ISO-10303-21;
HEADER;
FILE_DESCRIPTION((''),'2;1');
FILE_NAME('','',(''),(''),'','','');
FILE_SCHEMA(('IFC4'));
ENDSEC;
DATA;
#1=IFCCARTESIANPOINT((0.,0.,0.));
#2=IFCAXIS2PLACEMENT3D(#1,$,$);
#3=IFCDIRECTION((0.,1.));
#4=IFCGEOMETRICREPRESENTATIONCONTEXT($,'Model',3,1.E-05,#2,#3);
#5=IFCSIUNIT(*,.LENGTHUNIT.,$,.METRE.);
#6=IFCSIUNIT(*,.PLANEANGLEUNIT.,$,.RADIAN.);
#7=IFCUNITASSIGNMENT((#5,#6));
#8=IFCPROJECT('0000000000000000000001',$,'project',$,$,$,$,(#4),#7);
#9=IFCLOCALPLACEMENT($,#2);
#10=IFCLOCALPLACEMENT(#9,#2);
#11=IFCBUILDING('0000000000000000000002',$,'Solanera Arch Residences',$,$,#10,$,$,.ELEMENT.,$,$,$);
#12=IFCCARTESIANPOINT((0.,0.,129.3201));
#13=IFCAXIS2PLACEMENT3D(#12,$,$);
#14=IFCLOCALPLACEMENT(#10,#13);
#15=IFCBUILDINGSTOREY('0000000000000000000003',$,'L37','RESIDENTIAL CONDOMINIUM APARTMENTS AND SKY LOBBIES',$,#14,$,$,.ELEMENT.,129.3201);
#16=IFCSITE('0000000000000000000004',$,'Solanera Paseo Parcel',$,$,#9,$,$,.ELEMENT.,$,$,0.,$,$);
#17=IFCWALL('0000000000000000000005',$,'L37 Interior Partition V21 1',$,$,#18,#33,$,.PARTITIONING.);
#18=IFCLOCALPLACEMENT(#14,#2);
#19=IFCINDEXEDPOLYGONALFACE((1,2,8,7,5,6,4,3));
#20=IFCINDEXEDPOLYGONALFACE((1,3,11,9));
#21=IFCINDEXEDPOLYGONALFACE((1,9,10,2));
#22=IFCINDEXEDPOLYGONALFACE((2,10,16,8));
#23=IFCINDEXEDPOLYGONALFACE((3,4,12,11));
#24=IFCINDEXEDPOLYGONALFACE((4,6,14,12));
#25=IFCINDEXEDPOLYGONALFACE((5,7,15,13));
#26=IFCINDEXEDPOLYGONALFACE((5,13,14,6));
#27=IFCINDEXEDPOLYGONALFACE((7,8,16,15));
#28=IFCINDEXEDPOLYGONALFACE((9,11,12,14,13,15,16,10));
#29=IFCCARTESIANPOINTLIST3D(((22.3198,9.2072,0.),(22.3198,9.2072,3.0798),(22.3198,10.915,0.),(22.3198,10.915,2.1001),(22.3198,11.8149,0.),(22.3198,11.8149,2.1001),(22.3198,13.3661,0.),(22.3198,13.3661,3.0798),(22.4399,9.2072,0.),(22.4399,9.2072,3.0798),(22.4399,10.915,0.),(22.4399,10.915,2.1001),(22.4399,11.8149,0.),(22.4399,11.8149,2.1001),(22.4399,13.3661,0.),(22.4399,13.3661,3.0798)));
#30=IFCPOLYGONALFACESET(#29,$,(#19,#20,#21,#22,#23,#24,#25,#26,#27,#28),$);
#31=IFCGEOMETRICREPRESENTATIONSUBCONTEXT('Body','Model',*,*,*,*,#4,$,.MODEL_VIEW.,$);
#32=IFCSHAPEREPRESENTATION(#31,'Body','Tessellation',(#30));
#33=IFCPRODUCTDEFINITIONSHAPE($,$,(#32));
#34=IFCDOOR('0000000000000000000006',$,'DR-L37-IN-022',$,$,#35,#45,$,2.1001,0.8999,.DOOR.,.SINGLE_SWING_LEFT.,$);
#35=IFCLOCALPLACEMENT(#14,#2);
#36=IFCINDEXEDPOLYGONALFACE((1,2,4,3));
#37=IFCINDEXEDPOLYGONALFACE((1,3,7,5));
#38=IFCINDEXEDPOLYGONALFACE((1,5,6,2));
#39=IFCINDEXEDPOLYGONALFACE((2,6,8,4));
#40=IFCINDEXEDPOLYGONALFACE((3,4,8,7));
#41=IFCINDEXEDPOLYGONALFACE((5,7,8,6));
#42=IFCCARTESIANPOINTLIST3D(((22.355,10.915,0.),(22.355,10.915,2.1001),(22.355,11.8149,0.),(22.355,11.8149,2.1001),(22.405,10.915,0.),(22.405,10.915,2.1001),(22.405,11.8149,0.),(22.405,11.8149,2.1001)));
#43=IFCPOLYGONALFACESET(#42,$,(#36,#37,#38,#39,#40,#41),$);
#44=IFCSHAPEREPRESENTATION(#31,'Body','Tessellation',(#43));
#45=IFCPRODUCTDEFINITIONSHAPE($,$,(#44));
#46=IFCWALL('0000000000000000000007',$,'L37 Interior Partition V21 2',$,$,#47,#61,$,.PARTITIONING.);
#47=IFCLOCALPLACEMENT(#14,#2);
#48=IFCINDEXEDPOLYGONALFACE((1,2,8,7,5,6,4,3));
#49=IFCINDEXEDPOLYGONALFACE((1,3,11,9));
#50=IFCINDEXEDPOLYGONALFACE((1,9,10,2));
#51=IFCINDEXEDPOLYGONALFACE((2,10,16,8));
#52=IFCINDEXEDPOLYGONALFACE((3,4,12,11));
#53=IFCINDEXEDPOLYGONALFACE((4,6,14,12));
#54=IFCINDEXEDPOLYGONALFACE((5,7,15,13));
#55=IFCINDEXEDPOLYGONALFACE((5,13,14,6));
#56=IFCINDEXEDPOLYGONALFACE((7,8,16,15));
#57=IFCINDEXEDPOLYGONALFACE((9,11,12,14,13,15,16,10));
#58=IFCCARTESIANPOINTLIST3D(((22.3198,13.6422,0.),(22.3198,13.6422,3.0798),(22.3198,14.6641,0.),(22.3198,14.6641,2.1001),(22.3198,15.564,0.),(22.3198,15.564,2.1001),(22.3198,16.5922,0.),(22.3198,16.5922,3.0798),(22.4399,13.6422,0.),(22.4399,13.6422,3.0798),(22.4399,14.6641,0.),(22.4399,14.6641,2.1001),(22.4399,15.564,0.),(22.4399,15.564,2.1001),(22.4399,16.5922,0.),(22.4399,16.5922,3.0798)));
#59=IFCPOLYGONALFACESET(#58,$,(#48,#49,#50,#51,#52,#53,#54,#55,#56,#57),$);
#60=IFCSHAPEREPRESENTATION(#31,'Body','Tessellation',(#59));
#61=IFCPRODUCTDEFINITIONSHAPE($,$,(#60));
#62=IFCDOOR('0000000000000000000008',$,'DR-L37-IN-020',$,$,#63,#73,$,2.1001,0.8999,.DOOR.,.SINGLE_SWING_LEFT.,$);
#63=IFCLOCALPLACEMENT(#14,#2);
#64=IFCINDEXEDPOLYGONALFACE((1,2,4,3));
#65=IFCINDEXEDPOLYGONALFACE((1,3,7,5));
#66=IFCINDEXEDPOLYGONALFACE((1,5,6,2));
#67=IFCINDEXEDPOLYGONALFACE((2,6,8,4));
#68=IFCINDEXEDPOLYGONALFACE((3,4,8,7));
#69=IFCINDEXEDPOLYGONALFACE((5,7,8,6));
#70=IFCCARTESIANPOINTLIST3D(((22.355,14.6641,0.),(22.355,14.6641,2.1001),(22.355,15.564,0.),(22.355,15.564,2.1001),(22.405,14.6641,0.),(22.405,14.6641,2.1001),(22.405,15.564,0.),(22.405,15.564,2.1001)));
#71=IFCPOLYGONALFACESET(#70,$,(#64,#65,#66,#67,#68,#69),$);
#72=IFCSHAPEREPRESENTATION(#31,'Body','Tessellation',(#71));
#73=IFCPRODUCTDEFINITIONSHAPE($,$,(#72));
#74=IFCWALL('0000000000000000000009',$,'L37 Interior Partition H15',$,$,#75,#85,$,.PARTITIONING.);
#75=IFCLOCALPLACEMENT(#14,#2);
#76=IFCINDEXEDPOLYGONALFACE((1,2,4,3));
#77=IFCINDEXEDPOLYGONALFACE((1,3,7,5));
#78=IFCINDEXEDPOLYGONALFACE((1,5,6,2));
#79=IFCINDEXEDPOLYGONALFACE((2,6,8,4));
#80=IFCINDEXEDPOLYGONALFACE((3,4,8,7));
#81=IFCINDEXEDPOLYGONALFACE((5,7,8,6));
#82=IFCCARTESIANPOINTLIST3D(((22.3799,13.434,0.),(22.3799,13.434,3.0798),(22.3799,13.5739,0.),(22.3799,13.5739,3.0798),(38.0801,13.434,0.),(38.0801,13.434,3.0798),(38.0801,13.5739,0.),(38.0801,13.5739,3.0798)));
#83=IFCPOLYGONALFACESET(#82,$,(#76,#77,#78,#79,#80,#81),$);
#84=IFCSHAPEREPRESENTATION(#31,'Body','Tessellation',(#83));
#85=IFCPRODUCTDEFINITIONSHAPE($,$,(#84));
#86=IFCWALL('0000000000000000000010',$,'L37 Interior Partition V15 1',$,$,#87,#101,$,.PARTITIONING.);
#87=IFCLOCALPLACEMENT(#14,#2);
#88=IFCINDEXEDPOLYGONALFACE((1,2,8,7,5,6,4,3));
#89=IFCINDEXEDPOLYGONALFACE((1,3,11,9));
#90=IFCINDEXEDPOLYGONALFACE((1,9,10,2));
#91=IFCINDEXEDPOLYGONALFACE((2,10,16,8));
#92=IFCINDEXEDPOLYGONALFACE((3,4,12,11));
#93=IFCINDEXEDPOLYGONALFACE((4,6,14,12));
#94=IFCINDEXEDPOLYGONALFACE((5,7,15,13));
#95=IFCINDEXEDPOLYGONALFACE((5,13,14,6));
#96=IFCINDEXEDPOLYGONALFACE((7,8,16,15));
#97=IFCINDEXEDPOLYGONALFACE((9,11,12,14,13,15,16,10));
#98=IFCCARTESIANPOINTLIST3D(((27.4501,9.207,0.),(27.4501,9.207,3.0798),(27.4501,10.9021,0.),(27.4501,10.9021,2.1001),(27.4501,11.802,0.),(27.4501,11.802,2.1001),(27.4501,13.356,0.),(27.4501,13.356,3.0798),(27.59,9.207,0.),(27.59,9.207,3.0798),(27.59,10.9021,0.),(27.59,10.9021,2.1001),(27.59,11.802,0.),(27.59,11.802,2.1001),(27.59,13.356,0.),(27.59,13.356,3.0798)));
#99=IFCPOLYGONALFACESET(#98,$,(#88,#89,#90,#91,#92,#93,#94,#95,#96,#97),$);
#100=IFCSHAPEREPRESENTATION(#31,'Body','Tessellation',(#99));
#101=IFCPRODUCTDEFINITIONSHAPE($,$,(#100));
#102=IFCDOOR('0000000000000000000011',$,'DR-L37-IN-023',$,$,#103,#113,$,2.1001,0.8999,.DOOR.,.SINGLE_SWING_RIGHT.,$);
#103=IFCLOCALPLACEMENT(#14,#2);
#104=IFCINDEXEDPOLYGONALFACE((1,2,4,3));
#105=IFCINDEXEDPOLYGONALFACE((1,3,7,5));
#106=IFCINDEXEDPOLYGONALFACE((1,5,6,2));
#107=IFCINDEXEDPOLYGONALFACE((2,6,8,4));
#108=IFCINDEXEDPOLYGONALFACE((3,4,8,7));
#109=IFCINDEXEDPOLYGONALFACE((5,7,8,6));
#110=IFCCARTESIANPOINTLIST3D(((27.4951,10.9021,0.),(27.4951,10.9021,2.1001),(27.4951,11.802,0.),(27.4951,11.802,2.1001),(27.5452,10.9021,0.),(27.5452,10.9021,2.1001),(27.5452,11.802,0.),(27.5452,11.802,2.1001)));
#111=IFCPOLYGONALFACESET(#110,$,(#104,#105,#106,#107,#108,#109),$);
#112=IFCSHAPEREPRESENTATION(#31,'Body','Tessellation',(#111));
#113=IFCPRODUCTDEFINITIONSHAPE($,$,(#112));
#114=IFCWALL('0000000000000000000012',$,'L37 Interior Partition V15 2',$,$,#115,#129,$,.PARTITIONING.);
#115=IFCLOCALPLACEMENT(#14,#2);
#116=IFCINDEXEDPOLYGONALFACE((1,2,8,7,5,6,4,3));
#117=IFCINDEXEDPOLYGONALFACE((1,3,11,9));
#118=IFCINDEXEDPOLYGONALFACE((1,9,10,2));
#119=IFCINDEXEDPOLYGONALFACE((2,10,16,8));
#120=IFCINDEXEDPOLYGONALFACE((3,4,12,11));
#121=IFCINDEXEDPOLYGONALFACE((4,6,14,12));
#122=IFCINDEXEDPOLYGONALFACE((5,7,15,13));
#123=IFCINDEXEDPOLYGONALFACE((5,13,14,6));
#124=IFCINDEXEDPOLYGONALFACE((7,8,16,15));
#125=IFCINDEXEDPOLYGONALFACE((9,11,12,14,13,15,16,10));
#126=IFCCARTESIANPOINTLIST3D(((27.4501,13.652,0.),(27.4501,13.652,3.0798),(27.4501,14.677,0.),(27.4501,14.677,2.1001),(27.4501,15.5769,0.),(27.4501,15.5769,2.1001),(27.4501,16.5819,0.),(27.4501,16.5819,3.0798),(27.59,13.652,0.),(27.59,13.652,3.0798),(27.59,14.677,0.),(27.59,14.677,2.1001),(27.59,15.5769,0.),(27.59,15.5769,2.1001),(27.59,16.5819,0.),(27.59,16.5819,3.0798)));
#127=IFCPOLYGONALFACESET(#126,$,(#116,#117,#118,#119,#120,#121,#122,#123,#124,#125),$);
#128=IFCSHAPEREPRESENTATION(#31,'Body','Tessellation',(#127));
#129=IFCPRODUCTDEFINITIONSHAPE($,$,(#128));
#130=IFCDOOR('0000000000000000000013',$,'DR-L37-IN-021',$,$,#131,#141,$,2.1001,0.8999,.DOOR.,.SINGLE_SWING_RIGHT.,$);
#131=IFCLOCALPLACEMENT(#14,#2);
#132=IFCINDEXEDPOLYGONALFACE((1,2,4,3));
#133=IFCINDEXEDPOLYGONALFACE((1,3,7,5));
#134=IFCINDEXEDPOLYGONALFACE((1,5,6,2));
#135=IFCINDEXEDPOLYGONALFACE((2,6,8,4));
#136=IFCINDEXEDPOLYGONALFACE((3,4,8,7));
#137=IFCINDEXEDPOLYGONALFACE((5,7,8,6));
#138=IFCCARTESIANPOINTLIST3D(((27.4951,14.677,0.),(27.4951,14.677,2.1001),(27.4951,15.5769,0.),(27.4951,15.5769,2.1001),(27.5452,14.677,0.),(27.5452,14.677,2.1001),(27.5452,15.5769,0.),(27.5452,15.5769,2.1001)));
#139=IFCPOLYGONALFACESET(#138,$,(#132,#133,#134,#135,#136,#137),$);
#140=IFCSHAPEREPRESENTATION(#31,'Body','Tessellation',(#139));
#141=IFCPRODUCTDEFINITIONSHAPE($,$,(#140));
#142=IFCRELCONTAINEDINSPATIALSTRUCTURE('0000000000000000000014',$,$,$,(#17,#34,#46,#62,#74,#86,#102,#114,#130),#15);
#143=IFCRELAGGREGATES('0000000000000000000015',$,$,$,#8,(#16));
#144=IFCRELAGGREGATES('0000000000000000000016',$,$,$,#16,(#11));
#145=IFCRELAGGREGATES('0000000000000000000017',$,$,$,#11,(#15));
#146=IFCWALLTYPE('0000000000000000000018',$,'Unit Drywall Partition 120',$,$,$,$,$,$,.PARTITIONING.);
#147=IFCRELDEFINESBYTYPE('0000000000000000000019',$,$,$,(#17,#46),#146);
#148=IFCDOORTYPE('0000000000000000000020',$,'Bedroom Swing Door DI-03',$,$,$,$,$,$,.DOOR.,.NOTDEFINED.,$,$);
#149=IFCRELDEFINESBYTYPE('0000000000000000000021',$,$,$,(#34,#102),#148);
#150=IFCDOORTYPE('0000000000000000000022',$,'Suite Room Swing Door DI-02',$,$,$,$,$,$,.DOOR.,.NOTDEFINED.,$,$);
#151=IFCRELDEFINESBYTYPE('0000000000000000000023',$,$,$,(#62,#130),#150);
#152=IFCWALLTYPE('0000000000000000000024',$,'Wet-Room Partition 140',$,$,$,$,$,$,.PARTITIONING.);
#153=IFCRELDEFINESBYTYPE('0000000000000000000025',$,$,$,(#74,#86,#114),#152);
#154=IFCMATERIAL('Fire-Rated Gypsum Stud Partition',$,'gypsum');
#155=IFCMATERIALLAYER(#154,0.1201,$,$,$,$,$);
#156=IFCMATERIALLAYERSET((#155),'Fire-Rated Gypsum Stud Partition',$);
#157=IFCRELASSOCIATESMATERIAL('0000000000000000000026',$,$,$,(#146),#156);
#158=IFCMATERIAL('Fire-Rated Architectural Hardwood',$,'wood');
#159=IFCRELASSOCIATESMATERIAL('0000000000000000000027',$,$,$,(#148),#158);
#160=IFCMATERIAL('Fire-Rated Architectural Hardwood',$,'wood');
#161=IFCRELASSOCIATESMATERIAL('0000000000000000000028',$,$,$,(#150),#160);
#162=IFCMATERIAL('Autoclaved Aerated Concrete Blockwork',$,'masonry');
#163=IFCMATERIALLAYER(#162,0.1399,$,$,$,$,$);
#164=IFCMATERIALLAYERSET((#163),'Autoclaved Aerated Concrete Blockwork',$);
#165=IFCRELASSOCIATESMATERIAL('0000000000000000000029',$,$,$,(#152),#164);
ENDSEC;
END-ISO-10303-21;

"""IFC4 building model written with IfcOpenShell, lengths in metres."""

from ifc_helpers import new_model, si_unit, direction, frame, frame_2d, origin, place, context, subcontext, project, spatial, rectangle, extrude, material, layer, layer_set, type_object, element, fill, save


model = new_model("IFC4")

# Units and contexts
model_context = context("Model", 3, precision=1e-05, world=origin(), true_north=direction((0.0, 1.0)))
body_context = subcontext(model_context, "Body", "Model", "MODEL_VIEW")
ifc_project = project(units=[si_unit("LENGTHUNIT", "METRE"), si_unit("PLANEANGLEUNIT", "RADIAN")], contexts=[model_context])

# Site, building, storey
site_placement = place(None, origin())
site = spatial("IfcSite", under=ifc_project, at=site_placement, Name="Solanera Paseo Parcel", CompositionType="ELEMENT", RefElevation=0.0)
building_placement = place(site_placement, origin())
building = spatial("IfcBuilding", under=site, at=building_placement, Name="Solanera Arch Residences", CompositionType="ELEMENT")
storey_placement = place(building_placement, frame((0.0, 0.0, 129.3201)))
storey = spatial("IfcBuildingStorey", under=building, at=storey_placement, Name="L37", Description="RESIDENTIAL CONDOMINIUM APARTMENTS AND SKY LOBBIES", CompositionType="ELEMENT", Elevation=129.3201)

# Walls, openings, doors
ifc_material_1 = material(Name="Fire-Rated Gypsum Stud Partition", Category="gypsum")
ifc_layer_1 = layer(ifc_material_1, 0.1201)
ifc_layer_set_1 = layer_set([ifc_layer_1], Name="Fire-Rated Gypsum Stud Partition")
wall_type_1 = type_object("IfcWallType", Name="Unit Drywall Partition 120", PredefinedType="PARTITIONING", material=ifc_layer_set_1)
wall_1_placement = place(storey_placement, frame((22.3799, 9.207, 0.0), z_axis=(0.0, 0.0, 1.0), x_axis=(0.0, 1.0, 0.0)))
wall_1 = element("IfcWall", 1, at=wall_1_placement, inside=storey, type_object=wall_type_1, Name="L37 Interior Partition V21 1", PredefinedType="PARTITIONING", context=body_context, shape_type="SweptSolid", body=[
    extrude(rectangle(XDim=4.1589, YDim=0.1201, at=frame_2d((2.0796, 0.0))), origin(), (0.0, 0.0, 1.0), 3.0798),
])
opening_1_placement = place(wall_1_placement, frame((1.708, 0.0, 0.0)))
opening_1 = element("IfcOpeningElement", 2, at=opening_1_placement, cuts=wall_1, PredefinedType="OPENING", context=body_context, shape_type="SweptSolid", body=[
    extrude(rectangle(XDim=0.8999, YDim=2.1001, at=frame_2d((0.45, 1.05))), frame((0.0, 0.0701, 0.0), z_axis=(0.0, -1.0, 0.0), x_axis=(1.0, 0.0, 0.0)), (0.0, 0.0, 1.0), 0.1401),
])
ifc_material_2 = material(Name="Fire-Rated Architectural Hardwood", Category="wood")
door_type_1 = type_object("IfcDoorType", Name="Bedroom Swing Door DI-03", OperationType="NOTDEFINED", PredefinedType="DOOR", material=ifc_material_2)
door_1_placement = place(opening_1_placement, origin())
door_1 = element("IfcDoor", 3, at=door_1_placement, inside=storey, type_object=door_type_1, Name="DR-L37-IN-022", OperationType="SINGLE_SWING_LEFT", OverallHeight=2.1001, OverallWidth=0.8999, PredefinedType="DOOR", context=body_context, shape_type="SweptSolid", body=[
    extrude(rectangle(XDim=0.8999, YDim=2.1001, at=frame_2d((0.45, 1.05))), frame((0.0, 0.0249, 0.0), z_axis=(0.0, -1.0, 0.0), x_axis=(1.0, 0.0, 0.0)), (0.0, 0.0, 1.0), 0.05),
])
fill(opening_1, door_1)
wall_2_placement = place(storey_placement, frame((22.3799, 13.6421, 0.0), z_axis=(0.0, 0.0, 1.0), x_axis=(0.0, 1.0, 0.0)))
wall_2 = element("IfcWall", 4, at=wall_2_placement, inside=storey, type_object=wall_type_1, Name="L37 Interior Partition V21 2", PredefinedType="PARTITIONING", context=body_context, shape_type="SweptSolid", body=[
    extrude(rectangle(XDim=2.95, YDim=0.1201, at=frame_2d((1.4751, 0.0))), origin(), (0.0, 0.0, 1.0), 3.0798),
])
opening_2_placement = place(wall_2_placement, frame((1.022, 0.0, 0.0)))
opening_2 = element("IfcOpeningElement", 5, at=opening_2_placement, cuts=wall_2, PredefinedType="OPENING", context=body_context, shape_type="SweptSolid", body=[
    extrude(rectangle(XDim=0.8999, YDim=2.1001, at=frame_2d((0.45, 1.05))), frame((0.0, 0.0701, 0.0), z_axis=(0.0, -1.0, 0.0), x_axis=(1.0, 0.0, 0.0)), (0.0, 0.0, 1.0), 0.1401),
])
ifc_material_3 = material(Name="Fire-Rated Architectural Hardwood", Category="wood")
door_type_2 = type_object("IfcDoorType", Name="Suite Room Swing Door DI-02", OperationType="NOTDEFINED", PredefinedType="DOOR", material=ifc_material_3)
door_2_placement = place(opening_2_placement, origin())
door_2 = element("IfcDoor", 6, at=door_2_placement, inside=storey, type_object=door_type_2, Name="DR-L37-IN-020", OperationType="SINGLE_SWING_LEFT", OverallHeight=2.1001, OverallWidth=0.8999, PredefinedType="DOOR", context=body_context, shape_type="SweptSolid", body=[
    extrude(rectangle(XDim=0.8999, YDim=2.1001, at=frame_2d((0.45, 1.05))), frame((0.0, 0.0249, 0.0), z_axis=(0.0, -1.0, 0.0), x_axis=(1.0, 0.0, 0.0)), (0.0, 0.0, 1.0), 0.05),
])
fill(opening_2, door_2)

# Wall
ifc_material_4 = material(Name="Autoclaved Aerated Concrete Blockwork", Category="masonry")
ifc_layer_2 = layer(ifc_material_4, 0.1399)
ifc_layer_set_2 = layer_set([ifc_layer_2], Name="Autoclaved Aerated Concrete Blockwork")
wall_type_2 = type_object("IfcWallType", Name="Wet-Room Partition 140", PredefinedType="PARTITIONING", material=ifc_layer_set_2)
wall_3_placement = place(storey_placement, frame((22.3799, 13.5039, 0.0), z_axis=(0.0, 0.0, 1.0), x_axis=(1.0, 0.0, 0.0)))
element("IfcWall", 7, at=wall_3_placement, inside=storey, type_object=wall_type_2, Name="L37 Interior Partition H15", PredefinedType="PARTITIONING", context=body_context, shape_type="SweptSolid", body=[
    extrude(rectangle(XDim=15.7002, YDim=0.1399, at=frame_2d((7.8501, 0.0))), origin(), (0.0, 0.0, 1.0), 3.0798),
])

# Walls, openings, doors
wall_4_placement = place(storey_placement, frame((27.52, 9.207, 0.0), z_axis=(0.0, 0.0, 1.0), x_axis=(0.0, 1.0, 0.0)))
wall_4 = element("IfcWall", 8, at=wall_4_placement, inside=storey, type_object=wall_type_2, Name="L37 Interior Partition V15 1", PredefinedType="PARTITIONING", context=body_context, shape_type="SweptSolid", body=[
    extrude(rectangle(XDim=4.1489, YDim=0.1399, at=frame_2d((2.0745, 0.0))), origin(), (0.0, 0.0, 1.0), 3.0798),
])
opening_3_placement = place(wall_4_placement, frame((1.6951, 0.0, 0.0)))
opening_3 = element("IfcOpeningElement", 9, at=opening_3_placement, cuts=wall_4, PredefinedType="OPENING", context=body_context, shape_type="SweptSolid", body=[
    extrude(rectangle(XDim=0.8999, YDim=2.1001, at=frame_2d((0.45, 1.05))), frame((0.0, 0.0798, 0.0), z_axis=(0.0, -1.0, 0.0), x_axis=(1.0, 0.0, 0.0)), (0.0, 0.0, 1.0), 0.1599),
])
door_3_placement = place(opening_3_placement, origin())
door_3 = element("IfcDoor", 10, at=door_3_placement, inside=storey, type_object=door_type_1, Name="DR-L37-IN-023", OperationType="SINGLE_SWING_RIGHT", OverallHeight=2.1001, OverallWidth=0.8999, PredefinedType="DOOR", context=body_context, shape_type="SweptSolid", body=[
    extrude(rectangle(XDim=0.8999, YDim=2.1001, at=frame_2d((0.45, 1.05))), frame((0.0, 0.0249, 0.0), z_axis=(0.0, -1.0, 0.0), x_axis=(1.0, 0.0, 0.0)), (0.0, 0.0, 1.0), 0.05),
])
fill(opening_3, door_3)
wall_5_placement = place(storey_placement, frame((27.52, 13.6521, 0.0), z_axis=(0.0, 0.0, 1.0), x_axis=(0.0, 1.0, 0.0)))
wall_5 = element("IfcWall", 11, at=wall_5_placement, inside=storey, type_object=wall_type_2, Name="L37 Interior Partition V15 2", PredefinedType="PARTITIONING", context=body_context, shape_type="SweptSolid", body=[
    extrude(rectangle(XDim=2.9299, YDim=0.1399, at=frame_2d((1.4648, 0.0))), origin(), (0.0, 0.0, 1.0), 3.0798),
])
opening_4_placement = place(wall_5_placement, frame((1.0249, 0.0, 0.0)))
opening_4 = element("IfcOpeningElement", 12, at=opening_4_placement, cuts=wall_5, PredefinedType="OPENING", context=body_context, shape_type="SweptSolid", body=[
    extrude(rectangle(XDim=0.8999, YDim=2.1001, at=frame_2d((0.45, 1.05))), frame((0.0, 0.0798, 0.0), z_axis=(0.0, -1.0, 0.0), x_axis=(1.0, 0.0, 0.0)), (0.0, 0.0, 1.0), 0.1599),
])
door_4_placement = place(opening_4_placement, origin())
door_4 = element("IfcDoor", 13, at=door_4_placement, inside=storey, type_object=door_type_2, Name="DR-L37-IN-021", OperationType="SINGLE_SWING_RIGHT", OverallHeight=2.1001, OverallWidth=0.8999, PredefinedType="DOOR", context=body_context, shape_type="SweptSolid", body=[
    extrude(rectangle(XDim=0.8999, YDim=2.1001, at=frame_2d((0.45, 1.05))), frame((0.0, 0.0249, 0.0), z_axis=(0.0, -1.0, 0.0), x_axis=(1.0, 0.0, 0.0)), (0.0, 0.0, 1.0), 0.05),
])
fill(opening_4, door_4)

save(model, "model.ifc")
